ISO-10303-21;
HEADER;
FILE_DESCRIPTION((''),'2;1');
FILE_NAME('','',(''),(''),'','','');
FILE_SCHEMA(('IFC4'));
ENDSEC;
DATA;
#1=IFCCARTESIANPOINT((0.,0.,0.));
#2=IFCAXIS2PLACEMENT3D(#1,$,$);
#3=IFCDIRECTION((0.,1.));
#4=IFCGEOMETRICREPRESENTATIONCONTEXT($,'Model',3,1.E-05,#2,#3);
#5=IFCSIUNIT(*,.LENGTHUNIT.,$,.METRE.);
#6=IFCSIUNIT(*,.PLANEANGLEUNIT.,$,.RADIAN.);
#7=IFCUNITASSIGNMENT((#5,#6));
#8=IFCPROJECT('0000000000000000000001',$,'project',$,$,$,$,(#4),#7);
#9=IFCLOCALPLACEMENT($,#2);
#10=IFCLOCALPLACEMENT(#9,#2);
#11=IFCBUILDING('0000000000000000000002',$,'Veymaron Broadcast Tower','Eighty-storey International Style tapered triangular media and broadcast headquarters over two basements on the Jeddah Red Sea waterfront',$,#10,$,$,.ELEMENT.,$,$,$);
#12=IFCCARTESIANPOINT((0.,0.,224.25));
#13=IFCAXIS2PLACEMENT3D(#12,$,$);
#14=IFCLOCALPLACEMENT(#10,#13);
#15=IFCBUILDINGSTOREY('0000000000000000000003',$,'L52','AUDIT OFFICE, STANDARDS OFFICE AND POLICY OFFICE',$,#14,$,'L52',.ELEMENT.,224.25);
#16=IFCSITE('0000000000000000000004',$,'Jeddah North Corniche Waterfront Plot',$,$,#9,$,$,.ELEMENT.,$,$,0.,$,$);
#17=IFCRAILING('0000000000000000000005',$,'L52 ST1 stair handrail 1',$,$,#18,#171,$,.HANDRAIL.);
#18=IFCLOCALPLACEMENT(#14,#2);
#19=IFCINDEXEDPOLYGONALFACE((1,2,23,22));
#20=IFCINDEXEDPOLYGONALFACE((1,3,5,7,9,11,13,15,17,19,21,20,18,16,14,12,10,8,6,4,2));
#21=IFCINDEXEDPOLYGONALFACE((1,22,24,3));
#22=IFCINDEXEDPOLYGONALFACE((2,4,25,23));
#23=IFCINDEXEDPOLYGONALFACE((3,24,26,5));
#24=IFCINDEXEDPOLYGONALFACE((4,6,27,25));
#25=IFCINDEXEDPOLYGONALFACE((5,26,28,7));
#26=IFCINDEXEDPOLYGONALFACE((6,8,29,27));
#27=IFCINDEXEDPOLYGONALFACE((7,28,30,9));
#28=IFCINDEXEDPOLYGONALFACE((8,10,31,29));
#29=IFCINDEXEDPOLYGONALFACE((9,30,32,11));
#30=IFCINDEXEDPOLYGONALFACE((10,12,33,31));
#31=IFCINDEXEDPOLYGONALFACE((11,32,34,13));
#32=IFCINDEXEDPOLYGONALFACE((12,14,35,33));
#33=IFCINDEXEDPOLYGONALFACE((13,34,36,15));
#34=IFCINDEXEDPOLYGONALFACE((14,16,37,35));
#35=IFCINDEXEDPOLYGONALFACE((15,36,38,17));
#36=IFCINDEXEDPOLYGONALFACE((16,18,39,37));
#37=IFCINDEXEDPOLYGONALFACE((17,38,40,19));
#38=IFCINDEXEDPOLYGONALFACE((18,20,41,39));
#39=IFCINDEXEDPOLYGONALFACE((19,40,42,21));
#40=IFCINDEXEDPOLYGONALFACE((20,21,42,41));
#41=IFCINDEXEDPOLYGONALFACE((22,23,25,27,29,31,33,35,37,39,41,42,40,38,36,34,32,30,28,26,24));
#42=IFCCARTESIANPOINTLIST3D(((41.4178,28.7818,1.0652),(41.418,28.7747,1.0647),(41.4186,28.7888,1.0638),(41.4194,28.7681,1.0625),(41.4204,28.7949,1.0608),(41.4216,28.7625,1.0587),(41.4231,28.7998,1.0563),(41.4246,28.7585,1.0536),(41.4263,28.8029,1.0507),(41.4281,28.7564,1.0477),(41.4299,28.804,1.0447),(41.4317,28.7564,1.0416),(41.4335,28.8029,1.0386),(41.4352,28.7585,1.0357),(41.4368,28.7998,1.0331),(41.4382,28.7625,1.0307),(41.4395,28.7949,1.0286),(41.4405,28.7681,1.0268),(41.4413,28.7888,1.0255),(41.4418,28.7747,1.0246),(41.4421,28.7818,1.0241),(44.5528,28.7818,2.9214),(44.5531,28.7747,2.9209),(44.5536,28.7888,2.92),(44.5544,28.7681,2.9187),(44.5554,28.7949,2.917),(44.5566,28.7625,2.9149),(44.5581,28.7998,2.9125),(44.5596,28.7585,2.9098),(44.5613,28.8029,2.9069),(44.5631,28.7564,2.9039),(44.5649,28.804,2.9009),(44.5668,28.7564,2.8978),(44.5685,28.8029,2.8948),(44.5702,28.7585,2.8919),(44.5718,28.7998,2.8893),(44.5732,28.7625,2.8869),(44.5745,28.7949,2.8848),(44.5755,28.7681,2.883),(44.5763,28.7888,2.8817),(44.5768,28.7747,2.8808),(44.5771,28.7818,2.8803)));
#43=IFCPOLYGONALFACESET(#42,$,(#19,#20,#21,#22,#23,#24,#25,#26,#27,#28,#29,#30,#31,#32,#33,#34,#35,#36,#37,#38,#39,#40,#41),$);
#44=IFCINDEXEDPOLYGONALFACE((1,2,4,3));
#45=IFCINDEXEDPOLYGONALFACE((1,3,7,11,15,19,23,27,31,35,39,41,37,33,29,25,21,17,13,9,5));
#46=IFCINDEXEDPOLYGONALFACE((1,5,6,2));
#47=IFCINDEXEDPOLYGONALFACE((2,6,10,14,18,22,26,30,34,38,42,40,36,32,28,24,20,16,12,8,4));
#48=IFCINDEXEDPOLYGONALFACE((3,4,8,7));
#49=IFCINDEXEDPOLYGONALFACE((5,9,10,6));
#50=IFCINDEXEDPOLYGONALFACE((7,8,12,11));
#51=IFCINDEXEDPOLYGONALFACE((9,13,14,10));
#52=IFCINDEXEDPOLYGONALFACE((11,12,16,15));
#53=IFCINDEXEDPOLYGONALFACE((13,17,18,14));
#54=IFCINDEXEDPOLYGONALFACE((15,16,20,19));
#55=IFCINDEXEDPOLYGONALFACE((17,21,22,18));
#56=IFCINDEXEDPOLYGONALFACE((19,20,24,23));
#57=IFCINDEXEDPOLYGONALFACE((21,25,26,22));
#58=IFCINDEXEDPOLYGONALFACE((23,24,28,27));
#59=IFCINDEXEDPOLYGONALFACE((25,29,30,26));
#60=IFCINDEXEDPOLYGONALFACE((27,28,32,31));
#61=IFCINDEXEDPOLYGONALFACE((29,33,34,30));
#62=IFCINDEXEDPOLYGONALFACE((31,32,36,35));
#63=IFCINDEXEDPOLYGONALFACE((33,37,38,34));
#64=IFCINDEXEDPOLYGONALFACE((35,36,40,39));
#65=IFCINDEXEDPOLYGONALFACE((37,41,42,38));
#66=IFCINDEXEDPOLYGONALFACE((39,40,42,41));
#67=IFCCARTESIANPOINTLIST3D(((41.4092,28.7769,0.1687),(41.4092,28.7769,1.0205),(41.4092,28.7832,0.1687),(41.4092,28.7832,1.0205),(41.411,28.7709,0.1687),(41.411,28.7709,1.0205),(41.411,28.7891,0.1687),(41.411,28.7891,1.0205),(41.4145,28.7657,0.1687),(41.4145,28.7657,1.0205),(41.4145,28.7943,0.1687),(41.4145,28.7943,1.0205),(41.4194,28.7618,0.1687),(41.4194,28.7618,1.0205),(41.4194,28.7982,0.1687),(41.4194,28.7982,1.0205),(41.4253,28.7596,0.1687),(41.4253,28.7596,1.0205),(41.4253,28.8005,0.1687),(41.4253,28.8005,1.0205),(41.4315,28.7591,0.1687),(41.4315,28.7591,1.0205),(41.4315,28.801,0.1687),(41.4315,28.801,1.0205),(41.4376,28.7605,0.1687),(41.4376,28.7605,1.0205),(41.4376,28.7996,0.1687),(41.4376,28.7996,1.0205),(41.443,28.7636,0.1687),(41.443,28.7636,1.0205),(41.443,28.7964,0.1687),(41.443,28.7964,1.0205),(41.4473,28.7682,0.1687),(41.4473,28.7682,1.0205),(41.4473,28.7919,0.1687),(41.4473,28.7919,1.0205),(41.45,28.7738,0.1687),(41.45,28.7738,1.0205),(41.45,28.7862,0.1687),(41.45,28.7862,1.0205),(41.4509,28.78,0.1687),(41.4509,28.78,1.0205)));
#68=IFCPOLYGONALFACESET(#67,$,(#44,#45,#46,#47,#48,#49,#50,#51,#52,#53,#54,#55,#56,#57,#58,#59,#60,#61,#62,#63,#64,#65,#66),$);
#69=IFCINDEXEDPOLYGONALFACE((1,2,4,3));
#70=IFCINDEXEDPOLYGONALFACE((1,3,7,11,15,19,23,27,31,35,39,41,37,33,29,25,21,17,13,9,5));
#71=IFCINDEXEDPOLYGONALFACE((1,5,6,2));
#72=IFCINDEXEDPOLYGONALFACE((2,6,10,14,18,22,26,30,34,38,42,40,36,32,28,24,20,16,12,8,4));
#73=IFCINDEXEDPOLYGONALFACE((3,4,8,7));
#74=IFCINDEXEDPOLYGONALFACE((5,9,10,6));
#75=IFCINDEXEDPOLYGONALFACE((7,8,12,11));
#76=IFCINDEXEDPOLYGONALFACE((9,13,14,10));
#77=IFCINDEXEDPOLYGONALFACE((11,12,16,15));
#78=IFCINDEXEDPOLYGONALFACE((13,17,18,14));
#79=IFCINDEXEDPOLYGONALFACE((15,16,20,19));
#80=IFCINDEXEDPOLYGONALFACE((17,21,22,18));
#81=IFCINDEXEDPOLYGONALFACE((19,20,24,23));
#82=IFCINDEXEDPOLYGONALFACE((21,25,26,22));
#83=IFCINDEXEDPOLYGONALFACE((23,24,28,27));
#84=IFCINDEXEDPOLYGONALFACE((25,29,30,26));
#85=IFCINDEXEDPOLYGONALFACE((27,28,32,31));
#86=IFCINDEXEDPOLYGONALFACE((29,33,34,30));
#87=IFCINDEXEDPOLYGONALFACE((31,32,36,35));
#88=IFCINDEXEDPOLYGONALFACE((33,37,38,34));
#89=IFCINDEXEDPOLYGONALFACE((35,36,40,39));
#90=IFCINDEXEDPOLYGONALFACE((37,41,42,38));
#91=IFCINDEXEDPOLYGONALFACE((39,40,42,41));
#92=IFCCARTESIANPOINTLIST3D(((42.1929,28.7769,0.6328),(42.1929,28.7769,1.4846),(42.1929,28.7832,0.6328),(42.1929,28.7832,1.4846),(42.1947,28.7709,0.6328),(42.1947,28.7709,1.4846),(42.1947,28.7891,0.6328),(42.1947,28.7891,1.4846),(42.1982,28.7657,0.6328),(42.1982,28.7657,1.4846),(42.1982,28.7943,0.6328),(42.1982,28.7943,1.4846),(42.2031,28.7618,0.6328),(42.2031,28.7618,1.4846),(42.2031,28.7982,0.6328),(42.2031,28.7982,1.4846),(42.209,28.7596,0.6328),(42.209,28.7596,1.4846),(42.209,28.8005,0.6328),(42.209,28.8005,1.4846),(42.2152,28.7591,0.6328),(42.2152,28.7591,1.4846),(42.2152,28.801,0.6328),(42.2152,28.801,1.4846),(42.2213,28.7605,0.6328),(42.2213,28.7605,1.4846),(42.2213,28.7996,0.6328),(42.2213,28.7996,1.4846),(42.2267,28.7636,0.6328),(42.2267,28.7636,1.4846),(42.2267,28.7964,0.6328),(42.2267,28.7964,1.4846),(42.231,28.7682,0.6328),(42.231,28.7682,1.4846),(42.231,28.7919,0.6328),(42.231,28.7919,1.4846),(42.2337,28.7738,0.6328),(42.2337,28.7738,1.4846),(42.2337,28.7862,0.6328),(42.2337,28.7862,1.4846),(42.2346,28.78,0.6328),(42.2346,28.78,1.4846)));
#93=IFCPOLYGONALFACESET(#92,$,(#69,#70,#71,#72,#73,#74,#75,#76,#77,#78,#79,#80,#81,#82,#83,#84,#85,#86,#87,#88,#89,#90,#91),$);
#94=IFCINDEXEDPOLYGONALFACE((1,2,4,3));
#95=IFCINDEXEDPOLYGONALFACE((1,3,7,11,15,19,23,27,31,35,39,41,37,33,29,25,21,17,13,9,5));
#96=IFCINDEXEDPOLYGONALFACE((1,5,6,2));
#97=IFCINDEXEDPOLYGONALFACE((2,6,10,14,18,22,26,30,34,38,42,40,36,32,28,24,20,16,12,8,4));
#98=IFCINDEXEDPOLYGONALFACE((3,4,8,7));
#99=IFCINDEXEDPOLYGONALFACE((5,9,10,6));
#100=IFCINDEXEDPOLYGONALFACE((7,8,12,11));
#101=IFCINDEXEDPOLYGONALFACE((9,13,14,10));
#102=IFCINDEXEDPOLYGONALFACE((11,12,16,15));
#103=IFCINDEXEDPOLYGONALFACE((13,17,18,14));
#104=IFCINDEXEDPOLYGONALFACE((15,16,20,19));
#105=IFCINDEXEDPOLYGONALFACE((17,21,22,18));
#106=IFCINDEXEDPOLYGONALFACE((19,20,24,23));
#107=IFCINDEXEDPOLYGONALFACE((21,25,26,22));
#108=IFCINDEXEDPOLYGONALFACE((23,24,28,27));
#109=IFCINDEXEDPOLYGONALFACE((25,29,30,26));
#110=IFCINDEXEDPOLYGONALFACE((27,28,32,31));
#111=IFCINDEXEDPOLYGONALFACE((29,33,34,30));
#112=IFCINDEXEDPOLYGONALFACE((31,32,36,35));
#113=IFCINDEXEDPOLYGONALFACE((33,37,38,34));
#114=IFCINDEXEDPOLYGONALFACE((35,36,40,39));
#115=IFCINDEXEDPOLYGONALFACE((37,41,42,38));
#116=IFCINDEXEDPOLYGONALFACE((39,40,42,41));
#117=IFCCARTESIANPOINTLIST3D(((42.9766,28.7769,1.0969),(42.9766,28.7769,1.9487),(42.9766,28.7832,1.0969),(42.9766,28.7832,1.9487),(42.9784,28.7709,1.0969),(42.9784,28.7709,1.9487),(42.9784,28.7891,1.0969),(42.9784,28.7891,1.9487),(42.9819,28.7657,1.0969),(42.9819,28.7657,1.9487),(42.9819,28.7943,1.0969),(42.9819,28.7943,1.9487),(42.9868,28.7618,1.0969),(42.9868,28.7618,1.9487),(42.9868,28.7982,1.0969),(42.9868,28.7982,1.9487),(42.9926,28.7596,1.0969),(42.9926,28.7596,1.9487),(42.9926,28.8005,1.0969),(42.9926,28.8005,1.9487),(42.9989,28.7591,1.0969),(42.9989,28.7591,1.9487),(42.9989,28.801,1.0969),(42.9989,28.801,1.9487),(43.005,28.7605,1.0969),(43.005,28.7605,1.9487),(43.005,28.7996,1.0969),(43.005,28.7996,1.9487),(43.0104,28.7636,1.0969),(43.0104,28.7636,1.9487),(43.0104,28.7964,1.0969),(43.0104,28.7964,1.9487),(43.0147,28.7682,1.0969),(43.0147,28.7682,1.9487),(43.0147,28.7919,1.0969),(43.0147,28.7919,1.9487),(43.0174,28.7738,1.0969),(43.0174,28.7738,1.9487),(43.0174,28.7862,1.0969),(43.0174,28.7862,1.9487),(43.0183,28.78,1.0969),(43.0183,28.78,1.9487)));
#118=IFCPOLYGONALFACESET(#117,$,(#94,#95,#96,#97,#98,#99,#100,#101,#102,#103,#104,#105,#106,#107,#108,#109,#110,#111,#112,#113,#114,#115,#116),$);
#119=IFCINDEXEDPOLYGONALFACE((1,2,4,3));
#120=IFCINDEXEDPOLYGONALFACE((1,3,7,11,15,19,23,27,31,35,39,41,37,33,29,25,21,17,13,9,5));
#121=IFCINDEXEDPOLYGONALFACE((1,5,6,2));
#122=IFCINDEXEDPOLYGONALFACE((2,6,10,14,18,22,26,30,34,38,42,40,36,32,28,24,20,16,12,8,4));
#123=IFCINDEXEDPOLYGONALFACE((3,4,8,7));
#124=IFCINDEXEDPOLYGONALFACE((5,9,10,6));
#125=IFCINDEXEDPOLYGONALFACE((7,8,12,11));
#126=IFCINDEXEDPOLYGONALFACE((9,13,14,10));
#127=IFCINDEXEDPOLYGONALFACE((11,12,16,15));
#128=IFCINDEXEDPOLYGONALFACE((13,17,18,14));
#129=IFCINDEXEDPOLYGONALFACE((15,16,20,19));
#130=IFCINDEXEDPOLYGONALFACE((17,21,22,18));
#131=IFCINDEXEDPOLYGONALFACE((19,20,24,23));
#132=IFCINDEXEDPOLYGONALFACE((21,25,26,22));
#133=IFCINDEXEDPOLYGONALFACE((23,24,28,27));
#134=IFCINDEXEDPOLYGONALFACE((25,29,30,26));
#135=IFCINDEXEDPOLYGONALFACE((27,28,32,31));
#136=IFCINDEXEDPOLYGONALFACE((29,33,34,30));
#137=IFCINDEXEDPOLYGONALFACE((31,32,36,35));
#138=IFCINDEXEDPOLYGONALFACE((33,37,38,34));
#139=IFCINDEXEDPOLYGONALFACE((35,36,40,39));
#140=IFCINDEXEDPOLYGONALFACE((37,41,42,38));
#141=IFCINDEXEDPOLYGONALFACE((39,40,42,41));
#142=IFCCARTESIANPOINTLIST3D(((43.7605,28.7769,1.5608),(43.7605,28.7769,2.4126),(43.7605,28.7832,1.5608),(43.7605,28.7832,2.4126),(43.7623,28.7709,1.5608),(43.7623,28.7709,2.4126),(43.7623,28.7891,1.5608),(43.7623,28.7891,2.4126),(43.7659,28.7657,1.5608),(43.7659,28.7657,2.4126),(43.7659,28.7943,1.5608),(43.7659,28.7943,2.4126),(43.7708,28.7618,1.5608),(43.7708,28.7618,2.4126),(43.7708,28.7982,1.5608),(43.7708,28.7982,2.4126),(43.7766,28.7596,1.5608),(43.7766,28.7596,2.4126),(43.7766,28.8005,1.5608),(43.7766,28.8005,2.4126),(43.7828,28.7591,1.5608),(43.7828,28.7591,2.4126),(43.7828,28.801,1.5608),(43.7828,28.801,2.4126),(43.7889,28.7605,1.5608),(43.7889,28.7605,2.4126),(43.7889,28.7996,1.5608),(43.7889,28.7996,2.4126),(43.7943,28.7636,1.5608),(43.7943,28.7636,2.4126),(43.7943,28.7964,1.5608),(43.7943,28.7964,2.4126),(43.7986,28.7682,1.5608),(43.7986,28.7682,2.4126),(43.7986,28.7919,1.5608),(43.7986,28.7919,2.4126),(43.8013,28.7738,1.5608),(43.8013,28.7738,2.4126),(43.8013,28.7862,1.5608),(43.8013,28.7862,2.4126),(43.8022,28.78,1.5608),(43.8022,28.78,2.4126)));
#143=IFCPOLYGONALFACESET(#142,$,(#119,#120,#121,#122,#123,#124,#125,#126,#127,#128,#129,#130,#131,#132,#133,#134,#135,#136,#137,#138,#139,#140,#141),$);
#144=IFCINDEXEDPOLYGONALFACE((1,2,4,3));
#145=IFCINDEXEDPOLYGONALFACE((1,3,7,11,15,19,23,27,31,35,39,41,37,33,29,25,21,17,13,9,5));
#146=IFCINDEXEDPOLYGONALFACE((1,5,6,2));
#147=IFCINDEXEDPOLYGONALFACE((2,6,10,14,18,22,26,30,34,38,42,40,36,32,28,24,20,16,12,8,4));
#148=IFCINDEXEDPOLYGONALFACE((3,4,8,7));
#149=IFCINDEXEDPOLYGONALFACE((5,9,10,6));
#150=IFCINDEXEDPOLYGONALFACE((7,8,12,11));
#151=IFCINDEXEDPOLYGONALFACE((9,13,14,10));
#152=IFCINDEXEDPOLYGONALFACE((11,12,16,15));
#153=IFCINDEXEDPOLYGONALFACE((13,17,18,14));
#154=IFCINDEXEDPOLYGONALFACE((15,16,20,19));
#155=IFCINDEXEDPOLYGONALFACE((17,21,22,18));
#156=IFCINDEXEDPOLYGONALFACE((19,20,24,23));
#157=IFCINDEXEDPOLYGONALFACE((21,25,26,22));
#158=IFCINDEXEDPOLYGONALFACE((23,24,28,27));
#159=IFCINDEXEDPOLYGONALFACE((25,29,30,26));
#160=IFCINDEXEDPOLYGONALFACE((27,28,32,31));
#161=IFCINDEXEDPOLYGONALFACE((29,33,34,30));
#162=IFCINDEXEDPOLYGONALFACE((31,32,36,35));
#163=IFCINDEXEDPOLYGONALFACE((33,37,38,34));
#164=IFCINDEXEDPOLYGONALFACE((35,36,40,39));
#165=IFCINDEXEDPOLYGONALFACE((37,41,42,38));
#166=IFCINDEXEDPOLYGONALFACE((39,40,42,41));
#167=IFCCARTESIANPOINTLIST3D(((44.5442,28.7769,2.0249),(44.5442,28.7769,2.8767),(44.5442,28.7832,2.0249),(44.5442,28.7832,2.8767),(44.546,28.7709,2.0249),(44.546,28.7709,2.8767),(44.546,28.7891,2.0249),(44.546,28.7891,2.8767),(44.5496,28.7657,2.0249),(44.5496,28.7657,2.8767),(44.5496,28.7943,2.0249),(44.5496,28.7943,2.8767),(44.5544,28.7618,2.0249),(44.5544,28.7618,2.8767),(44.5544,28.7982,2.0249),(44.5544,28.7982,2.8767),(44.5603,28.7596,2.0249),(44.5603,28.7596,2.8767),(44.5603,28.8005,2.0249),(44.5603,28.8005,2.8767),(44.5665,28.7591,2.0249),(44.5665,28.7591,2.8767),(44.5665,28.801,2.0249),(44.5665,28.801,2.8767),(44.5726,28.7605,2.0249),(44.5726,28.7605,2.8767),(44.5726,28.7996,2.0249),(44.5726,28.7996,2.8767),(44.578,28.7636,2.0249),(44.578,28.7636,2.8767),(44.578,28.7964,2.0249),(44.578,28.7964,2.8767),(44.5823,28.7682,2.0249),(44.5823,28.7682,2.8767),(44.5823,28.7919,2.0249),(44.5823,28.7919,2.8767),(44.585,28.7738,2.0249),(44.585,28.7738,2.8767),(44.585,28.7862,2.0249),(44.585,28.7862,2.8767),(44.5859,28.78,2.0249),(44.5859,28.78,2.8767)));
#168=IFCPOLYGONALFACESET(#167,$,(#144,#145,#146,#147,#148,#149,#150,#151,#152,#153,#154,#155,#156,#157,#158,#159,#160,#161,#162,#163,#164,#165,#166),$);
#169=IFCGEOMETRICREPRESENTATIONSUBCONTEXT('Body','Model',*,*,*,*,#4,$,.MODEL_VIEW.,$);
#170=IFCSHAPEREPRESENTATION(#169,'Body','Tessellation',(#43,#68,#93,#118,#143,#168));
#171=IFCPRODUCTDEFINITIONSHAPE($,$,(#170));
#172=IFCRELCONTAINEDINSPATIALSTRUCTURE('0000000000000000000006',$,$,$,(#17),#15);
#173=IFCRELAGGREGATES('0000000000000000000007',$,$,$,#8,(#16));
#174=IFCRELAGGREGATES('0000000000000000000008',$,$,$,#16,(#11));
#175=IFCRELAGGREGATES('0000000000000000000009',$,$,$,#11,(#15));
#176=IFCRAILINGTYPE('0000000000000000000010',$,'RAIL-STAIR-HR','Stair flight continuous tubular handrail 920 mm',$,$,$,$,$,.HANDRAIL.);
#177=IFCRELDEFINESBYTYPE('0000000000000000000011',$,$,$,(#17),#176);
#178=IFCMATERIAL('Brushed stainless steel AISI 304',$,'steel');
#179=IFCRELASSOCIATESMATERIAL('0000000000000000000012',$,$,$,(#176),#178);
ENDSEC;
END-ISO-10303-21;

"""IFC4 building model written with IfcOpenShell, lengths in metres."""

from ifc_helpers import new_model, si_unit, direction, frame, origin, origin_2d, place, context, subcontext, project, spatial, circle, extrude, material, type_object, element, save


model = new_model("IFC4")

# Units and contexts
model_context = context("Model", 3, precision=1e-05, world=origin(), true_north=direction((0.0, 1.0)))
body_context = subcontext(model_context, "Body", "Model", "MODEL_VIEW")
ifc_project = project(units=[si_unit("LENGTHUNIT", "METRE"), si_unit("PLANEANGLEUNIT", "RADIAN")], contexts=[model_context])

# Site, building, storey
site_placement = place(None, origin())
site = spatial("IfcSite", under=ifc_project, at=site_placement, Name="Jeddah North Corniche Waterfront Plot", CompositionType="ELEMENT", RefElevation=0.0)
building_placement = place(site_placement, origin())
building = spatial("IfcBuilding", under=site, at=building_placement, Name="Veymaron Broadcast Tower", Description="Eighty-storey International Style tapered triangular media and broadcast headquarters over two basements on the Jeddah Red Sea waterfront", CompositionType="ELEMENT")
storey_placement = place(building_placement, frame((0.0, 0.0, 224.25)))
storey = spatial("IfcBuildingStorey", under=building, at=storey_placement, Name="L52", Description="AUDIT OFFICE, STANDARDS OFFICE AND POLICY OFFICE", LongName="L52", CompositionType="ELEMENT", Elevation=224.25)

# Shared definitions
ifc_material_1 = material(Name="Brushed stainless steel AISI 304", Category="steel")

# Railing
railing_type_1 = type_object("IfcRailingType", Name="RAIL-STAIR-HR", Description="Stair flight continuous tubular handrail 920 mm", PredefinedType="HANDRAIL", material=ifc_material_1)
railing_1_placement = place(storey_placement, frame((41.4299, 28.78, 0.1687)))
element("IfcRailing", 1, at=railing_1_placement, inside=storey, type_object=railing_type_1, Name="L52 ST1 stair handrail 1", PredefinedType="HANDRAIL", context=body_context, shape_type="SweptSolid", body=[
    extrude(circle(Radius=0.0239, at=origin_2d()), frame((0.0, 0.0, 0.876), z_axis=(0.860482, 0.0, 0.509481), x_axis=(0.0, 1.0, 0.0)), (0.0, 0.0, 1.0), 3.6433),
    extrude(circle(Radius=0.021, at=origin_2d()), origin(), (0.0, 0.0, 1.0), 0.8518),
    extrude(circle(Radius=0.021, at=origin_2d()), frame((0.7837, 0.0, 0.4641)), (0.0, 0.0, 1.0), 0.8518),
    extrude(circle(Radius=0.021, at=origin_2d()), frame((1.5674, 0.0, 0.9282)), (0.0, 0.0, 1.0), 0.8518),
    extrude(circle(Radius=0.021, at=origin_2d()), frame((2.3513, 0.0, 1.3921)), (0.0, 0.0, 1.0), 0.8518),
    extrude(circle(Radius=0.021, at=origin_2d()), frame((3.135, 0.0, 1.8562)), (0.0, 0.0, 1.0), 0.8518),
])

save(model, "model.ifc")
